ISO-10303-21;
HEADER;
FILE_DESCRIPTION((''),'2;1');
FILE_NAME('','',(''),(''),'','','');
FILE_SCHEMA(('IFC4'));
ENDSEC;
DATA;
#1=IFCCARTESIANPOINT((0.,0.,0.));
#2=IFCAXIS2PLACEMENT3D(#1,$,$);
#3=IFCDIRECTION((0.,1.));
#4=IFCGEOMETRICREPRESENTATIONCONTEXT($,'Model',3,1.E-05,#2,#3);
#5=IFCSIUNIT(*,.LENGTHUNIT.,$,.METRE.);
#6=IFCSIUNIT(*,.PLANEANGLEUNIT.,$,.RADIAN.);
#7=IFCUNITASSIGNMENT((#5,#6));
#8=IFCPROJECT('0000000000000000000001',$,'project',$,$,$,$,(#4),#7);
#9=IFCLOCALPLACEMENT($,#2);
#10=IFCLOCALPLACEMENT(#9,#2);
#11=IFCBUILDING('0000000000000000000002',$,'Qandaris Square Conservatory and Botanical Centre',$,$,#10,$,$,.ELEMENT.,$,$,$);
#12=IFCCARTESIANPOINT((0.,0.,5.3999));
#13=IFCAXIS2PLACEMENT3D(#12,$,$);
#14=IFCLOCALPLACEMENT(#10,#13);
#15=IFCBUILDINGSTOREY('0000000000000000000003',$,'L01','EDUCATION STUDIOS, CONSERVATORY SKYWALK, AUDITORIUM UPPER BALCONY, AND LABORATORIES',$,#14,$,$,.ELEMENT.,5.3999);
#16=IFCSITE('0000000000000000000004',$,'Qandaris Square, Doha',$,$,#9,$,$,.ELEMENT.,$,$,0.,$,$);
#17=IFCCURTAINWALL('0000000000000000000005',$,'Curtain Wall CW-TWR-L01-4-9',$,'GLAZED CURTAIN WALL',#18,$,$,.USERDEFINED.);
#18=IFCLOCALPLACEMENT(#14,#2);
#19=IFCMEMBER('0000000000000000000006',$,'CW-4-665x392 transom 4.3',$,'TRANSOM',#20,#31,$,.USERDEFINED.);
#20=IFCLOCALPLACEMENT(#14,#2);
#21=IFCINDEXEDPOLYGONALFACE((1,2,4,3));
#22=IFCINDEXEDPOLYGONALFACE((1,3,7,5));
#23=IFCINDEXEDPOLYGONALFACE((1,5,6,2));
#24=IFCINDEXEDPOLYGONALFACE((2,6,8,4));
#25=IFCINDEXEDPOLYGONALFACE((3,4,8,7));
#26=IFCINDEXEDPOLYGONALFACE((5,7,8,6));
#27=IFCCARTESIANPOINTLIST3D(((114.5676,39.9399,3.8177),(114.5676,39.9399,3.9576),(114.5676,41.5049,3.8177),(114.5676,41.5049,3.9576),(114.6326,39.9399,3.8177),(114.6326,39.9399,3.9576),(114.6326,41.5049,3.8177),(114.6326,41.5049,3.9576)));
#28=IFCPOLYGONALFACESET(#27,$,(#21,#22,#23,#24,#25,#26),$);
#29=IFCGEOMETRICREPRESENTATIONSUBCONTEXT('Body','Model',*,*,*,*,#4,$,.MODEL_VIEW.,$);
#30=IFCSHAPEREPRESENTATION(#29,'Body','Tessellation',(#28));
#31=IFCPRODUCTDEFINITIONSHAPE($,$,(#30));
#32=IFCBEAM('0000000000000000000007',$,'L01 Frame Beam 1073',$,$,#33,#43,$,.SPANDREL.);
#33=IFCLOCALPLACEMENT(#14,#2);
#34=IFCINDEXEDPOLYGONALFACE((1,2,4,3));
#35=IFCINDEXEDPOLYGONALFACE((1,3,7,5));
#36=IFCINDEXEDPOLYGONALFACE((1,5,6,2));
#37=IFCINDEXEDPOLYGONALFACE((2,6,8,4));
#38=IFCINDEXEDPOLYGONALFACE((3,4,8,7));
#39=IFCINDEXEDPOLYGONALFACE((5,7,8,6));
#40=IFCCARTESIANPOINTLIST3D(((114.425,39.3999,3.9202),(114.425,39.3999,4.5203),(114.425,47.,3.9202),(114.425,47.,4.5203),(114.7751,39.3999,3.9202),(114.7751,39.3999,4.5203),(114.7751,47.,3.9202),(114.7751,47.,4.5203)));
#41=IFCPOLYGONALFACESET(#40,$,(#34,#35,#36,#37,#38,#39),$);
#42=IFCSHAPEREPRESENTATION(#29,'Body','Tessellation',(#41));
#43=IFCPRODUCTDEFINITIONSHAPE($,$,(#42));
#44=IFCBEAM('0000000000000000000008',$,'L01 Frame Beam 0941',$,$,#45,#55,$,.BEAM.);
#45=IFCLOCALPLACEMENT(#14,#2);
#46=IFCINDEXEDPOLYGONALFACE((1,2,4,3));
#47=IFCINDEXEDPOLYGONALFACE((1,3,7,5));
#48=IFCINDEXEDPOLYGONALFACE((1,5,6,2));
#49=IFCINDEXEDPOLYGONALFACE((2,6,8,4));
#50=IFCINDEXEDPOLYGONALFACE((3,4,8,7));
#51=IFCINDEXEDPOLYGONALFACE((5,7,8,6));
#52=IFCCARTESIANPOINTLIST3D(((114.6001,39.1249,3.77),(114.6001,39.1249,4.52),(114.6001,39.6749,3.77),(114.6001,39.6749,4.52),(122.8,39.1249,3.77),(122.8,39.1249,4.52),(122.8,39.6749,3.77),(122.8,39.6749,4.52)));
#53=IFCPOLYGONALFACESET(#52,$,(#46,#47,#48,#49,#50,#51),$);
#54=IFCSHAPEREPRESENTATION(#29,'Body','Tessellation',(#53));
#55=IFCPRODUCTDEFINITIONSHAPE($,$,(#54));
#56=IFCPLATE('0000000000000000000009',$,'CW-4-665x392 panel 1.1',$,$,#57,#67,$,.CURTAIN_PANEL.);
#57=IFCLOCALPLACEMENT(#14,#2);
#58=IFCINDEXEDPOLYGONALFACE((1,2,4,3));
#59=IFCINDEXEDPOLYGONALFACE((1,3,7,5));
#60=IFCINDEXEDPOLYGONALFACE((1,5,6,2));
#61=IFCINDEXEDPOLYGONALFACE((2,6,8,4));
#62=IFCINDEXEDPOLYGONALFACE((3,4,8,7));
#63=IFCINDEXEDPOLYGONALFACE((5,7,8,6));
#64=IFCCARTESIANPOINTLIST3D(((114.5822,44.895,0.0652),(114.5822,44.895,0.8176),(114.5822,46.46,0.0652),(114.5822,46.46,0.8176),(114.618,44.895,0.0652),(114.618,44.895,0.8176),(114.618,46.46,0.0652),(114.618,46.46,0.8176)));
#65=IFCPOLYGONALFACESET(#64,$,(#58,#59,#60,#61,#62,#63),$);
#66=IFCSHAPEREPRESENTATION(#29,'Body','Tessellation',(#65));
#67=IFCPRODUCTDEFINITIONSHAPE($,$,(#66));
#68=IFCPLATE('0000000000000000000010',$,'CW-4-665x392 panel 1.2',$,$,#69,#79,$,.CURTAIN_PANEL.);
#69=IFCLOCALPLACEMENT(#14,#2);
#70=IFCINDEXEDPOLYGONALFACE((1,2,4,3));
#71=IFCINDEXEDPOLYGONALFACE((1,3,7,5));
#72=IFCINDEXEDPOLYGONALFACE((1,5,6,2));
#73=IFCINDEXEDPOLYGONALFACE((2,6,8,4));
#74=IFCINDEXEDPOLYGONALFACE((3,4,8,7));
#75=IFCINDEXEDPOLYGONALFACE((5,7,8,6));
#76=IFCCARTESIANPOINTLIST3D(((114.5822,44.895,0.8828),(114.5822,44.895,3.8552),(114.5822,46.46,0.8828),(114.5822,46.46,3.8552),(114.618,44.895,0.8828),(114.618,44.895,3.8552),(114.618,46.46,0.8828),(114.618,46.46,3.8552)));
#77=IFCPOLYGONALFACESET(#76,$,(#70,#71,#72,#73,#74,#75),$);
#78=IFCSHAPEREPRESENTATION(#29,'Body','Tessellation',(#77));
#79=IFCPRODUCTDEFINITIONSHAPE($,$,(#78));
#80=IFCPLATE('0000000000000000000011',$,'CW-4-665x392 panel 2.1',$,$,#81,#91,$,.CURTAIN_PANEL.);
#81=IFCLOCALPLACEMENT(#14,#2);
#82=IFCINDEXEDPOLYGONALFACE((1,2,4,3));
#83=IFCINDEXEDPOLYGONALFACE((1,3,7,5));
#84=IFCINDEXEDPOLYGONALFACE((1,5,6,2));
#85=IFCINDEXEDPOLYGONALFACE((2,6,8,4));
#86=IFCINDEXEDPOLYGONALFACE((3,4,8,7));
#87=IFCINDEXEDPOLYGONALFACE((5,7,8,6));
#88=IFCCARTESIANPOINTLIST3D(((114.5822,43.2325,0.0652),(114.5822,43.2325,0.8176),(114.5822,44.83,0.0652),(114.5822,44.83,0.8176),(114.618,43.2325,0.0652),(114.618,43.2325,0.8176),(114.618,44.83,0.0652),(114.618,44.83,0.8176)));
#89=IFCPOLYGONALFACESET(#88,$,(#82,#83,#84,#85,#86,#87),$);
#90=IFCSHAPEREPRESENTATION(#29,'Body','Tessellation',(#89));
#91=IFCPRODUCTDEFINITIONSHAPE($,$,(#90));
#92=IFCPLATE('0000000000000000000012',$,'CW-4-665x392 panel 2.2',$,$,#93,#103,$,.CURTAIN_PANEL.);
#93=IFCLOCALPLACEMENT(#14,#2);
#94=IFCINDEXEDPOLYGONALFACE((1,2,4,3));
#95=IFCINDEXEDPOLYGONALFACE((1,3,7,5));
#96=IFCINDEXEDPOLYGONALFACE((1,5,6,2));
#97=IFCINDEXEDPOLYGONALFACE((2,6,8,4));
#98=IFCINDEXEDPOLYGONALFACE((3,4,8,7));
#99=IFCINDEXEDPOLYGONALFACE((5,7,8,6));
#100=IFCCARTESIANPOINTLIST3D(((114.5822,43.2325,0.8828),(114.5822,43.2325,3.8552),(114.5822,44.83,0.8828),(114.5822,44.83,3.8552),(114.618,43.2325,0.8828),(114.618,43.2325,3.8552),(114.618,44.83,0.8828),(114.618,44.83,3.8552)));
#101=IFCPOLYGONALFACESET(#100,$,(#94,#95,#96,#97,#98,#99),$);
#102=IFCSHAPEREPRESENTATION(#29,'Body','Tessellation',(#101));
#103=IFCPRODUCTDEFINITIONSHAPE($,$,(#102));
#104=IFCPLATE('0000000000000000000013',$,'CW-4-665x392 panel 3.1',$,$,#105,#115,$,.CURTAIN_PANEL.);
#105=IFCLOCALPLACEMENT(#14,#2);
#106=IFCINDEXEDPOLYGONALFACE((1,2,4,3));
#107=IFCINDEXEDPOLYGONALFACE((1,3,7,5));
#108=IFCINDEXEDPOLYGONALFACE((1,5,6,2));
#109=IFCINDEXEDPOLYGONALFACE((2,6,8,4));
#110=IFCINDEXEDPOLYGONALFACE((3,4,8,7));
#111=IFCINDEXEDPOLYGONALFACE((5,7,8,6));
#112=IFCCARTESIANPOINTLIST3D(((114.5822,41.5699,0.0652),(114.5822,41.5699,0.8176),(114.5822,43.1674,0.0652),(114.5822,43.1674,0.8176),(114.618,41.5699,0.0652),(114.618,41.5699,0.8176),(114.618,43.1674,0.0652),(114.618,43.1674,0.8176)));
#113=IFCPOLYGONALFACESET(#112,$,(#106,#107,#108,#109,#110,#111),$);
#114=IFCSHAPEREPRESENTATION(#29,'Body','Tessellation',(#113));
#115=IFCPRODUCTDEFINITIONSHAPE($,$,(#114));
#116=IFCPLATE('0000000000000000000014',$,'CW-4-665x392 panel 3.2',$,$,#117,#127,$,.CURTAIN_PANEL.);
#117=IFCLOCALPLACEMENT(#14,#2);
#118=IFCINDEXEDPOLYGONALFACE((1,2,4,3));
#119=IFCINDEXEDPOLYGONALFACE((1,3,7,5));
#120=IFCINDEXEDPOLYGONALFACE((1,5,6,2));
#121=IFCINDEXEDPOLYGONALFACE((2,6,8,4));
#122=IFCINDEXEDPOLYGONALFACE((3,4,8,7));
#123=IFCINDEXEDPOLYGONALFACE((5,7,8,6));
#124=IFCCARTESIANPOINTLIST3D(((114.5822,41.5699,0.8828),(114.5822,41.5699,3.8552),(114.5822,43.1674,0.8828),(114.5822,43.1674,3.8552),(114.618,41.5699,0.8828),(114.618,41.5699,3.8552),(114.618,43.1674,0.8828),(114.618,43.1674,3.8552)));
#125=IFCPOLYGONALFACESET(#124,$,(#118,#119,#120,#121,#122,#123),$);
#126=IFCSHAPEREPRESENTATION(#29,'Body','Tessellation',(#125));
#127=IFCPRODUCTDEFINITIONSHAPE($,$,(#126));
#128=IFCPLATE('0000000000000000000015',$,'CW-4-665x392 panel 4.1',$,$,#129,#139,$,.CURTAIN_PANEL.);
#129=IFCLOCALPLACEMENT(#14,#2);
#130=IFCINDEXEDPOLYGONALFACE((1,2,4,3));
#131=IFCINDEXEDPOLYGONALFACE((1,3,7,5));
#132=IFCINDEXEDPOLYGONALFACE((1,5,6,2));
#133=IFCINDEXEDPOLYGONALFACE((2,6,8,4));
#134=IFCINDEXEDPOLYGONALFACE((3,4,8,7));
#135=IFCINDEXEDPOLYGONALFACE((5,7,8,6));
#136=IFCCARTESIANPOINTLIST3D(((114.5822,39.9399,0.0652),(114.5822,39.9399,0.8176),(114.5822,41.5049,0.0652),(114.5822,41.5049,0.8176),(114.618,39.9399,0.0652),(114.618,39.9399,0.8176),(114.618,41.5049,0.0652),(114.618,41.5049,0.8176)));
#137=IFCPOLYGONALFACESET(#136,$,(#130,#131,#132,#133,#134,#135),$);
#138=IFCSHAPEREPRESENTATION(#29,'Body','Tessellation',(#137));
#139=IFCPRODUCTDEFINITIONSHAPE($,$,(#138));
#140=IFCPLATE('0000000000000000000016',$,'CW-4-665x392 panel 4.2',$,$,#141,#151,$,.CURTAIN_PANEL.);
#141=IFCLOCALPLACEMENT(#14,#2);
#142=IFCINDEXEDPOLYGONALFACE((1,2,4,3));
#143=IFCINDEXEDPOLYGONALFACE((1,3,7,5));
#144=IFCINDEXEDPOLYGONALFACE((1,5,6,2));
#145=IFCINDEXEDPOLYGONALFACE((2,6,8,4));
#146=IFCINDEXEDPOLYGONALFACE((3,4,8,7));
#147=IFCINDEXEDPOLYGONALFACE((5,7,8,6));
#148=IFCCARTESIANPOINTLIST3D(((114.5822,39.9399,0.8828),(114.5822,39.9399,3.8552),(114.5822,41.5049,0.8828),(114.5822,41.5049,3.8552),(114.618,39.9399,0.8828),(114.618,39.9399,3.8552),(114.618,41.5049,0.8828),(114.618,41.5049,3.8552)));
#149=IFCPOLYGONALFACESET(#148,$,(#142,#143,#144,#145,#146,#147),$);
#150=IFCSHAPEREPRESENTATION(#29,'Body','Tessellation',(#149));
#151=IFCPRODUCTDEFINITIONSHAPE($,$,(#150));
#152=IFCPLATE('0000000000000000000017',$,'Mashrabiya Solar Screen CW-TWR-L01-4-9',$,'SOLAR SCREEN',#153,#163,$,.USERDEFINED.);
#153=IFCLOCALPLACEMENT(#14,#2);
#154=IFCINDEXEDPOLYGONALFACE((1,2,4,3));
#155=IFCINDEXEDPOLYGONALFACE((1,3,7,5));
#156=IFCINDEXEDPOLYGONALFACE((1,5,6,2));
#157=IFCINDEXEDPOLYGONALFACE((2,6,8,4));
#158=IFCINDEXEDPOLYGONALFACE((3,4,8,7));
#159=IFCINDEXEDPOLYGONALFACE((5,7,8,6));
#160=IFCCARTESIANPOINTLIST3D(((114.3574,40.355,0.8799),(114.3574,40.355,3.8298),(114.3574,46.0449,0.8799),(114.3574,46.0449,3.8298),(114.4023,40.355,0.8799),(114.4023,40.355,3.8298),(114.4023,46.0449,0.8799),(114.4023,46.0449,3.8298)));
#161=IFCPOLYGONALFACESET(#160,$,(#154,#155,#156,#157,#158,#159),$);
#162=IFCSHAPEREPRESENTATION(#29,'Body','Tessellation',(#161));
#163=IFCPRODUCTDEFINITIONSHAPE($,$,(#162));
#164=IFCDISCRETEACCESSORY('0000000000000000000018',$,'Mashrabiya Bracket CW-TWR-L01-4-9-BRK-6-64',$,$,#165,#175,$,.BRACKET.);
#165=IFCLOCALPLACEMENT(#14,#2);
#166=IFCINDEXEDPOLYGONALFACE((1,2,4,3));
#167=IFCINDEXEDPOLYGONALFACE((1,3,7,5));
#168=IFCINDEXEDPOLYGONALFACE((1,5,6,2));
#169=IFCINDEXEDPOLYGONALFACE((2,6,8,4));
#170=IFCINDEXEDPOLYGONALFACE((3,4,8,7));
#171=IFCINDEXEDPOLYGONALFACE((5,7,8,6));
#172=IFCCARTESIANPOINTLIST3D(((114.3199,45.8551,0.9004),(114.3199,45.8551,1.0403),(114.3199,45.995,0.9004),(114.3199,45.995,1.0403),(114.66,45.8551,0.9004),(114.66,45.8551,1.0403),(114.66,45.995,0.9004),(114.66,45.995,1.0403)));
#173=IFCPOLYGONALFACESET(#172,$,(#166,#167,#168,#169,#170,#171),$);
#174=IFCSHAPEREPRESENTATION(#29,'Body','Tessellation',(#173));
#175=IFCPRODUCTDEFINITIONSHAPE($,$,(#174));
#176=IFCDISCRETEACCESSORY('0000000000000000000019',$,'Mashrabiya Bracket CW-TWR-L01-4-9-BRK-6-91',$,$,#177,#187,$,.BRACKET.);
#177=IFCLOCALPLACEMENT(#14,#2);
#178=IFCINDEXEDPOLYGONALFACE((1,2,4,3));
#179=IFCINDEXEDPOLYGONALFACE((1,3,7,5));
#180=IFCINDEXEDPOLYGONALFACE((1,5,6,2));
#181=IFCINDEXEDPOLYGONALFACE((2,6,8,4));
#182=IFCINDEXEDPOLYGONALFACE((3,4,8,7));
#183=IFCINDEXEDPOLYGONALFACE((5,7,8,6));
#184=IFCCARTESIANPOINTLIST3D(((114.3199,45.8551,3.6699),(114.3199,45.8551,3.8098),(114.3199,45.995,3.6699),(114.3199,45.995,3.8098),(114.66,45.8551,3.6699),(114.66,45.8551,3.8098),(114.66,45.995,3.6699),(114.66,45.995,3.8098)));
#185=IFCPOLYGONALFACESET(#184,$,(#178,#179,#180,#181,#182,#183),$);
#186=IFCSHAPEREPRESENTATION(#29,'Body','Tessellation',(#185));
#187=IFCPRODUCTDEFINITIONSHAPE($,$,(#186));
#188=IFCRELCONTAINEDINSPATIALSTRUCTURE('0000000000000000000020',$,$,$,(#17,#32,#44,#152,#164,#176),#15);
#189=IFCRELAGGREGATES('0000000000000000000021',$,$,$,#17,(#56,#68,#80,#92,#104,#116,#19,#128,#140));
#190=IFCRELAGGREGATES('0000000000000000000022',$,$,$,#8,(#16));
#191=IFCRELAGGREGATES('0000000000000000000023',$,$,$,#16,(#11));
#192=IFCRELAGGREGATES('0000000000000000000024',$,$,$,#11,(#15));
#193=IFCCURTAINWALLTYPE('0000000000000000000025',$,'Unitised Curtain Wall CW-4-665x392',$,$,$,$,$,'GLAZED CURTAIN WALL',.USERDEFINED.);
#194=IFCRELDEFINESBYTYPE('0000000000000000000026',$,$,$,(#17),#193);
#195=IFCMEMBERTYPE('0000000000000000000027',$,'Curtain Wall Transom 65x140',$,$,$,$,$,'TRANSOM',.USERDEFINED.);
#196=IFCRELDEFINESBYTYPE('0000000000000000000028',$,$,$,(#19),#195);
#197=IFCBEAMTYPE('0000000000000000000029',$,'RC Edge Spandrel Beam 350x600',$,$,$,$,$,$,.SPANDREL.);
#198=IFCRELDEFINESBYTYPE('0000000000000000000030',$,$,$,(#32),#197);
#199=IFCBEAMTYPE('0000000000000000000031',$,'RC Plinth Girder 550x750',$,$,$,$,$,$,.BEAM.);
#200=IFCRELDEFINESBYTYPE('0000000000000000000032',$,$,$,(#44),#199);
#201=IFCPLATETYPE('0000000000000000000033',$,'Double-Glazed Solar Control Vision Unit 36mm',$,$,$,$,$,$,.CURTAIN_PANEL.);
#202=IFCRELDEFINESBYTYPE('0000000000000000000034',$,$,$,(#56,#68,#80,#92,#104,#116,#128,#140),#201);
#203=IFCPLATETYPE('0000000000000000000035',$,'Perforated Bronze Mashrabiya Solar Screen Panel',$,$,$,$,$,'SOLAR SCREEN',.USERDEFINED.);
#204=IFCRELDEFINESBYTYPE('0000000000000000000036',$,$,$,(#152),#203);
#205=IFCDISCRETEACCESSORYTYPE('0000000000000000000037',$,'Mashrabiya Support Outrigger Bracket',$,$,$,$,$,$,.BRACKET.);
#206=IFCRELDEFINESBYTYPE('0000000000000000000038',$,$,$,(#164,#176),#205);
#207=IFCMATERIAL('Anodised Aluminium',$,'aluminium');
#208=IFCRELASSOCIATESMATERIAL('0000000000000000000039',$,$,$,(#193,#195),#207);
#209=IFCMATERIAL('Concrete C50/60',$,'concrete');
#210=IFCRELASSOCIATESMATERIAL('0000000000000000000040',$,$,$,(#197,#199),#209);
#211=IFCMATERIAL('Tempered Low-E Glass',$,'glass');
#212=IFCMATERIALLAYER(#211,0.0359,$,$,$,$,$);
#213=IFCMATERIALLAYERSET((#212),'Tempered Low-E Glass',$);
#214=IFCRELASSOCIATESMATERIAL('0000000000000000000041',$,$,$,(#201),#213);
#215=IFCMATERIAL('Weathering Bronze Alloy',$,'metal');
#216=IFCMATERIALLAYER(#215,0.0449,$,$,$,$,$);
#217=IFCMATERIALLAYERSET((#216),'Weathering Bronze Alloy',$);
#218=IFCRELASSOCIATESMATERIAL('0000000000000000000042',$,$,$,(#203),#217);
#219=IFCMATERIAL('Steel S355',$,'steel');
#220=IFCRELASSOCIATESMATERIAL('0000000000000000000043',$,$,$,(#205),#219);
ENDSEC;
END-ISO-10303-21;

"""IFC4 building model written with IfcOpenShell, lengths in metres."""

from ifc_helpers import new_model, si_unit, direction, frame, origin, origin_2d, place, context, subcontext, project, spatial, rectangle, extrude, material, layer, layer_set, material_profile, profile_set, type_object, element, aggregate, save


model = new_model("IFC4")

# Units and contexts
model_context = context("Model", 3, precision=1e-05, world=origin(), true_north=direction((0.0, 1.0)))
body_context = subcontext(model_context, "Body", "Model", "MODEL_VIEW")
ifc_project = project(units=[si_unit("LENGTHUNIT", "METRE"), si_unit("PLANEANGLEUNIT", "RADIAN")], contexts=[model_context])

# Site, building, storey
site_placement = place(None, origin())
site = spatial("IfcSite", under=ifc_project, at=site_placement, Name="Qandaris Square, Doha", CompositionType="ELEMENT", RefElevation=0.0)
building_placement = place(site_placement, origin())
building = spatial("IfcBuilding", under=site, at=building_placement, Name="Qandaris Square Conservatory and Botanical Centre", CompositionType="ELEMENT")
storey_placement = place(building_placement, frame((0.0, 0.0, 5.3999)))
storey = spatial("IfcBuildingStorey", under=building, at=storey_placement, Name="L01", Description="EDUCATION STUDIOS, CONSERVATORY SKYWALK, AUDITORIUM UPPER BALCONY, AND LABORATORIES", CompositionType="ELEMENT", Elevation=5.3999)

# Shared definitions
ifc_material_1 = material(Name="Concrete C50/60", Category="concrete")

# Curtain wall
ifc_material_2 = material(Name="Anodised Aluminium", Category="aluminium")
curtain_wall_type_1 = type_object("IfcCurtainWallType", Name="Unitised Curtain Wall CW-4-665x392", ElementType="GLAZED CURTAIN WALL", PredefinedType="USERDEFINED", material=ifc_material_2)
curtain_wall_1_placement = place(storey_placement, origin())
curtain_wall_1 = element("IfcCurtainWall", 1, at=curtain_wall_1_placement, inside=storey, type_object=curtain_wall_type_1, Name="Curtain Wall CW-TWR-L01-4-9", ObjectType="GLAZED CURTAIN WALL", PredefinedType="USERDEFINED")

# Member
ifc_material_profile_1 = material_profile(ifc_material_2, rectangle(XDim=0.0649, YDim=0.1399, at=origin_2d()), Name="ALU-TRN 65x140")
ifc_profile_set_1 = profile_set([ifc_material_profile_1], Name="Anodised Aluminium")
member_type_1 = type_object("IfcMemberType", Name="Curtain Wall Transom 65x140", ElementType="TRANSOM", PredefinedType="USERDEFINED", material=ifc_profile_set_1)
member_1_placement = place(storey_placement, frame((114.6001, 41.5049, 3.8877), z_axis=(0.0, -1.0, 0.0), x_axis=(1.0, 0.0, 0.0)))
member_1 = element("IfcMember", 2, at=member_1_placement, type_object=member_type_1, Name="CW-4-665x392 transom 4.3", ObjectType="TRANSOM", PredefinedType="USERDEFINED", context=body_context, shape_type="SweptSolid", body=[
    extrude(rectangle(XDim=0.0649, YDim=0.1399, at=origin_2d()), origin(), (0.0, 0.0, 1.0), 1.5649),
])

# Beams
ifc_material_profile_2 = material_profile(ifc_material_1, rectangle(XDim=0.3501, YDim=0.6001, at=origin_2d()), Name="RC-SP 350x600")
ifc_profile_set_2 = profile_set([ifc_material_profile_2], Name="Concrete C50/60")
beam_type_1 = type_object("IfcBeamType", Name="RC Edge Spandrel Beam 350x600", PredefinedType="SPANDREL", material=ifc_profile_set_2)
beam_1_placement = place(storey_placement, frame((114.6001, 39.3999, 4.2202), z_axis=(0.0, 1.0, 0.0), x_axis=(-1.0, 0.0, 0.0)))
element("IfcBeam", 3, at=beam_1_placement, inside=storey, type_object=beam_type_1, Name="L01 Frame Beam 1073", PredefinedType="SPANDREL", context=body_context, shape_type="SweptSolid", body=[
    extrude(rectangle(XDim=0.3501, YDim=0.6001, at=origin_2d()), origin(), (0.0, 0.0, 1.0), 7.6001),
])
ifc_material_profile_3 = material_profile(ifc_material_1, rectangle(XDim=0.55, YDim=0.75, at=origin_2d()), Name="RC-BM 550x750")
ifc_profile_set_3 = profile_set([ifc_material_profile_3], Name="Concrete C50/60")
beam_type_2 = type_object("IfcBeamType", Name="RC Plinth Girder 550x750", PredefinedType="BEAM", material=ifc_profile_set_3)
beam_2_placement = place(storey_placement, frame((114.6001, 39.3999, 4.145), z_axis=(1.0, 0.0, 0.0), x_axis=(0.0, 1.0, 0.0)))
element("IfcBeam", 4, at=beam_2_placement, inside=storey, type_object=beam_type_2, Name="L01 Frame Beam 0941", PredefinedType="BEAM", context=body_context, shape_type="SweptSolid", body=[
    extrude(rectangle(XDim=0.55, YDim=0.75, at=origin_2d()), origin(), (0.0, 0.0, 1.0), 8.2),
])

# Plates
ifc_material_3 = material(Name="Tempered Low-E Glass", Category="glass")
ifc_layer_1 = layer(ifc_material_3, 0.0359)
ifc_layer_set_1 = layer_set([ifc_layer_1], Name="Tempered Low-E Glass")
plate_type_1 = type_object("IfcPlateType", Name="Double-Glazed Solar Control Vision Unit 36mm", PredefinedType="CURTAIN_PANEL", material=ifc_layer_set_1)
plate_1_placement = place(storey_placement, frame((114.6001, 45.6775, 0.0652), z_axis=(0.0, 0.0, 1.0), x_axis=(0.0, -1.0, 0.0)))
plate_1 = element("IfcPlate", 5, at=plate_1_placement, type_object=plate_type_1, Name="CW-4-665x392 panel 1.1", PredefinedType="CURTAIN_PANEL", context=body_context, shape_type="SweptSolid", body=[
    extrude(rectangle(XDim=1.5649, YDim=0.0359, at=origin_2d()), origin(), (0.0, 0.0, 1.0), 0.7524),
])
plate_2_placement = place(storey_placement, frame((114.6001, 45.6775, 0.8828), z_axis=(0.0, 0.0, 1.0), x_axis=(0.0, -1.0, 0.0)))
plate_2 = element("IfcPlate", 6, at=plate_2_placement, type_object=plate_type_1, Name="CW-4-665x392 panel 1.2", PredefinedType="CURTAIN_PANEL", context=body_context, shape_type="SweptSolid", body=[
    extrude(rectangle(XDim=1.5649, YDim=0.0359, at=origin_2d()), origin(), (0.0, 0.0, 1.0), 2.9724),
])
plate_3_placement = place(storey_placement, frame((114.6001, 44.0312, 0.0652), z_axis=(0.0, 0.0, 1.0), x_axis=(0.0, -1.0, 0.0)))
plate_3 = element("IfcPlate", 7, at=plate_3_placement, type_object=plate_type_1, Name="CW-4-665x392 panel 2.1", PredefinedType="CURTAIN_PANEL", context=body_context, shape_type="SweptSolid", body=[
    extrude(rectangle(XDim=1.5974, YDim=0.0359, at=origin_2d()), origin(), (0.0, 0.0, 1.0), 0.7524),
])
plate_4_placement = place(storey_placement, frame((114.6001, 44.0312, 0.8828), z_axis=(0.0, 0.0, 1.0), x_axis=(0.0, -1.0, 0.0)))
plate_4 = element("IfcPlate", 8, at=plate_4_placement, type_object=plate_type_1, Name="CW-4-665x392 panel 2.2", PredefinedType="CURTAIN_PANEL", context=body_context, shape_type="SweptSolid", body=[
    extrude(rectangle(XDim=1.5974, YDim=0.0359, at=origin_2d()), origin(), (0.0, 0.0, 1.0), 2.9724),
])
plate_5_placement = place(storey_placement, frame((114.6001, 42.3687, 0.0652), z_axis=(0.0, 0.0, 1.0), x_axis=(0.0, -1.0, 0.0)))
plate_5 = element("IfcPlate", 9, at=plate_5_placement, type_object=plate_type_1, Name="CW-4-665x392 panel 3.1", PredefinedType="CURTAIN_PANEL", context=body_context, shape_type="SweptSolid", body=[
    extrude(rectangle(XDim=1.5974, YDim=0.0359, at=origin_2d()), origin(), (0.0, 0.0, 1.0), 0.7524),
])
plate_6_placement = place(storey_placement, frame((114.6001, 42.3687, 0.8828), z_axis=(0.0, 0.0, 1.0), x_axis=(0.0, -1.0, 0.0)))
plate_6 = element("IfcPlate", 10, at=plate_6_placement, type_object=plate_type_1, Name="CW-4-665x392 panel 3.2", PredefinedType="CURTAIN_PANEL", context=body_context, shape_type="SweptSolid", body=[
    extrude(rectangle(XDim=1.5974, YDim=0.0359, at=origin_2d()), origin(), (0.0, 0.0, 1.0), 2.9724),
])
plate_7_placement = place(storey_placement, frame((114.6001, 40.7224, 0.0652), z_axis=(0.0, 0.0, 1.0), x_axis=(0.0, -1.0, 0.0)))
plate_7 = element("IfcPlate", 11, at=plate_7_placement, type_object=plate_type_1, Name="CW-4-665x392 panel 4.1", PredefinedType="CURTAIN_PANEL", context=body_context, shape_type="SweptSolid", body=[
    extrude(rectangle(XDim=1.5649, YDim=0.0359, at=origin_2d()), origin(), (0.0, 0.0, 1.0), 0.7524),
])
plate_8_placement = place(storey_placement, frame((114.6001, 40.7224, 0.8828), z_axis=(0.0, 0.0, 1.0), x_axis=(0.0, -1.0, 0.0)))
plate_8 = element("IfcPlate", 12, at=plate_8_placement, type_object=plate_type_1, Name="CW-4-665x392 panel 4.2", PredefinedType="CURTAIN_PANEL", context=body_context, shape_type="SweptSolid", body=[
    extrude(rectangle(XDim=1.5649, YDim=0.0359, at=origin_2d()), origin(), (0.0, 0.0, 1.0), 2.9724),
])
aggregate(curtain_wall_1, [plate_1, plate_2, plate_3, plate_4, plate_5, plate_6, member_1, plate_7, plate_8])
ifc_material_4 = material(Name="Weathering Bronze Alloy", Category="metal")
ifc_layer_2 = layer(ifc_material_4, 0.0449)
ifc_layer_set_2 = layer_set([ifc_layer_2], Name="Weathering Bronze Alloy")
plate_type_2 = type_object("IfcPlateType", Name="Perforated Bronze Mashrabiya Solar Screen Panel", ElementType="SOLAR SCREEN", PredefinedType="USERDEFINED", material=ifc_layer_set_2)
plate_9_placement = place(storey_placement, frame((114.3799, 43.2, 0.8799), z_axis=(0.0, 0.0, 1.0), x_axis=(0.0, -1.0, 0.0)))
element("IfcPlate", 13, at=plate_9_placement, inside=storey, type_object=plate_type_2, Name="Mashrabiya Solar Screen CW-TWR-L01-4-9", ObjectType="SOLAR SCREEN", PredefinedType="USERDEFINED", context=body_context, shape_type="SweptSolid", body=[
    extrude(rectangle(XDim=5.6899, YDim=0.0449, at=origin_2d()), origin(), (0.0, 0.0, 1.0), 2.95),
])

# Discrete accessories
ifc_material_5 = material(Name="Steel S355", Category="steel")
discrete_accessory_type = type_object("IfcDiscreteAccessoryType", Name="Mashrabiya Support Outrigger Bracket", PredefinedType="BRACKET", material=ifc_material_5)
for number, where, z_axis, x_axis, name in (
    (14, (114.49, 45.925, 0.9004), (0.0, 0.0, 1.0), (0.0, -1.0, 0.0), "Mashrabiya Bracket CW-TWR-L01-4-9-BRK-6-64"),
    (15, (114.49, 45.925, 3.6699), (0.0, 0.0, 1.0), (0.0, -1.0, 0.0), "Mashrabiya Bracket CW-TWR-L01-4-9-BRK-6-91"),
):
    element("IfcDiscreteAccessory", number, at=place(storey_placement, frame(where, z_axis=z_axis, x_axis=x_axis)), inside=storey, type_object=discrete_accessory_type, Name=name, PredefinedType="BRACKET", context=body_context, shape_type="SweptSolid", body=[
        extrude(rectangle(XDim=0.1399, YDim=0.3401, at=origin_2d()), origin(), (0.0, 0.0, 1.0), 0.1399),
    ])

save(model, "model.ifc")
